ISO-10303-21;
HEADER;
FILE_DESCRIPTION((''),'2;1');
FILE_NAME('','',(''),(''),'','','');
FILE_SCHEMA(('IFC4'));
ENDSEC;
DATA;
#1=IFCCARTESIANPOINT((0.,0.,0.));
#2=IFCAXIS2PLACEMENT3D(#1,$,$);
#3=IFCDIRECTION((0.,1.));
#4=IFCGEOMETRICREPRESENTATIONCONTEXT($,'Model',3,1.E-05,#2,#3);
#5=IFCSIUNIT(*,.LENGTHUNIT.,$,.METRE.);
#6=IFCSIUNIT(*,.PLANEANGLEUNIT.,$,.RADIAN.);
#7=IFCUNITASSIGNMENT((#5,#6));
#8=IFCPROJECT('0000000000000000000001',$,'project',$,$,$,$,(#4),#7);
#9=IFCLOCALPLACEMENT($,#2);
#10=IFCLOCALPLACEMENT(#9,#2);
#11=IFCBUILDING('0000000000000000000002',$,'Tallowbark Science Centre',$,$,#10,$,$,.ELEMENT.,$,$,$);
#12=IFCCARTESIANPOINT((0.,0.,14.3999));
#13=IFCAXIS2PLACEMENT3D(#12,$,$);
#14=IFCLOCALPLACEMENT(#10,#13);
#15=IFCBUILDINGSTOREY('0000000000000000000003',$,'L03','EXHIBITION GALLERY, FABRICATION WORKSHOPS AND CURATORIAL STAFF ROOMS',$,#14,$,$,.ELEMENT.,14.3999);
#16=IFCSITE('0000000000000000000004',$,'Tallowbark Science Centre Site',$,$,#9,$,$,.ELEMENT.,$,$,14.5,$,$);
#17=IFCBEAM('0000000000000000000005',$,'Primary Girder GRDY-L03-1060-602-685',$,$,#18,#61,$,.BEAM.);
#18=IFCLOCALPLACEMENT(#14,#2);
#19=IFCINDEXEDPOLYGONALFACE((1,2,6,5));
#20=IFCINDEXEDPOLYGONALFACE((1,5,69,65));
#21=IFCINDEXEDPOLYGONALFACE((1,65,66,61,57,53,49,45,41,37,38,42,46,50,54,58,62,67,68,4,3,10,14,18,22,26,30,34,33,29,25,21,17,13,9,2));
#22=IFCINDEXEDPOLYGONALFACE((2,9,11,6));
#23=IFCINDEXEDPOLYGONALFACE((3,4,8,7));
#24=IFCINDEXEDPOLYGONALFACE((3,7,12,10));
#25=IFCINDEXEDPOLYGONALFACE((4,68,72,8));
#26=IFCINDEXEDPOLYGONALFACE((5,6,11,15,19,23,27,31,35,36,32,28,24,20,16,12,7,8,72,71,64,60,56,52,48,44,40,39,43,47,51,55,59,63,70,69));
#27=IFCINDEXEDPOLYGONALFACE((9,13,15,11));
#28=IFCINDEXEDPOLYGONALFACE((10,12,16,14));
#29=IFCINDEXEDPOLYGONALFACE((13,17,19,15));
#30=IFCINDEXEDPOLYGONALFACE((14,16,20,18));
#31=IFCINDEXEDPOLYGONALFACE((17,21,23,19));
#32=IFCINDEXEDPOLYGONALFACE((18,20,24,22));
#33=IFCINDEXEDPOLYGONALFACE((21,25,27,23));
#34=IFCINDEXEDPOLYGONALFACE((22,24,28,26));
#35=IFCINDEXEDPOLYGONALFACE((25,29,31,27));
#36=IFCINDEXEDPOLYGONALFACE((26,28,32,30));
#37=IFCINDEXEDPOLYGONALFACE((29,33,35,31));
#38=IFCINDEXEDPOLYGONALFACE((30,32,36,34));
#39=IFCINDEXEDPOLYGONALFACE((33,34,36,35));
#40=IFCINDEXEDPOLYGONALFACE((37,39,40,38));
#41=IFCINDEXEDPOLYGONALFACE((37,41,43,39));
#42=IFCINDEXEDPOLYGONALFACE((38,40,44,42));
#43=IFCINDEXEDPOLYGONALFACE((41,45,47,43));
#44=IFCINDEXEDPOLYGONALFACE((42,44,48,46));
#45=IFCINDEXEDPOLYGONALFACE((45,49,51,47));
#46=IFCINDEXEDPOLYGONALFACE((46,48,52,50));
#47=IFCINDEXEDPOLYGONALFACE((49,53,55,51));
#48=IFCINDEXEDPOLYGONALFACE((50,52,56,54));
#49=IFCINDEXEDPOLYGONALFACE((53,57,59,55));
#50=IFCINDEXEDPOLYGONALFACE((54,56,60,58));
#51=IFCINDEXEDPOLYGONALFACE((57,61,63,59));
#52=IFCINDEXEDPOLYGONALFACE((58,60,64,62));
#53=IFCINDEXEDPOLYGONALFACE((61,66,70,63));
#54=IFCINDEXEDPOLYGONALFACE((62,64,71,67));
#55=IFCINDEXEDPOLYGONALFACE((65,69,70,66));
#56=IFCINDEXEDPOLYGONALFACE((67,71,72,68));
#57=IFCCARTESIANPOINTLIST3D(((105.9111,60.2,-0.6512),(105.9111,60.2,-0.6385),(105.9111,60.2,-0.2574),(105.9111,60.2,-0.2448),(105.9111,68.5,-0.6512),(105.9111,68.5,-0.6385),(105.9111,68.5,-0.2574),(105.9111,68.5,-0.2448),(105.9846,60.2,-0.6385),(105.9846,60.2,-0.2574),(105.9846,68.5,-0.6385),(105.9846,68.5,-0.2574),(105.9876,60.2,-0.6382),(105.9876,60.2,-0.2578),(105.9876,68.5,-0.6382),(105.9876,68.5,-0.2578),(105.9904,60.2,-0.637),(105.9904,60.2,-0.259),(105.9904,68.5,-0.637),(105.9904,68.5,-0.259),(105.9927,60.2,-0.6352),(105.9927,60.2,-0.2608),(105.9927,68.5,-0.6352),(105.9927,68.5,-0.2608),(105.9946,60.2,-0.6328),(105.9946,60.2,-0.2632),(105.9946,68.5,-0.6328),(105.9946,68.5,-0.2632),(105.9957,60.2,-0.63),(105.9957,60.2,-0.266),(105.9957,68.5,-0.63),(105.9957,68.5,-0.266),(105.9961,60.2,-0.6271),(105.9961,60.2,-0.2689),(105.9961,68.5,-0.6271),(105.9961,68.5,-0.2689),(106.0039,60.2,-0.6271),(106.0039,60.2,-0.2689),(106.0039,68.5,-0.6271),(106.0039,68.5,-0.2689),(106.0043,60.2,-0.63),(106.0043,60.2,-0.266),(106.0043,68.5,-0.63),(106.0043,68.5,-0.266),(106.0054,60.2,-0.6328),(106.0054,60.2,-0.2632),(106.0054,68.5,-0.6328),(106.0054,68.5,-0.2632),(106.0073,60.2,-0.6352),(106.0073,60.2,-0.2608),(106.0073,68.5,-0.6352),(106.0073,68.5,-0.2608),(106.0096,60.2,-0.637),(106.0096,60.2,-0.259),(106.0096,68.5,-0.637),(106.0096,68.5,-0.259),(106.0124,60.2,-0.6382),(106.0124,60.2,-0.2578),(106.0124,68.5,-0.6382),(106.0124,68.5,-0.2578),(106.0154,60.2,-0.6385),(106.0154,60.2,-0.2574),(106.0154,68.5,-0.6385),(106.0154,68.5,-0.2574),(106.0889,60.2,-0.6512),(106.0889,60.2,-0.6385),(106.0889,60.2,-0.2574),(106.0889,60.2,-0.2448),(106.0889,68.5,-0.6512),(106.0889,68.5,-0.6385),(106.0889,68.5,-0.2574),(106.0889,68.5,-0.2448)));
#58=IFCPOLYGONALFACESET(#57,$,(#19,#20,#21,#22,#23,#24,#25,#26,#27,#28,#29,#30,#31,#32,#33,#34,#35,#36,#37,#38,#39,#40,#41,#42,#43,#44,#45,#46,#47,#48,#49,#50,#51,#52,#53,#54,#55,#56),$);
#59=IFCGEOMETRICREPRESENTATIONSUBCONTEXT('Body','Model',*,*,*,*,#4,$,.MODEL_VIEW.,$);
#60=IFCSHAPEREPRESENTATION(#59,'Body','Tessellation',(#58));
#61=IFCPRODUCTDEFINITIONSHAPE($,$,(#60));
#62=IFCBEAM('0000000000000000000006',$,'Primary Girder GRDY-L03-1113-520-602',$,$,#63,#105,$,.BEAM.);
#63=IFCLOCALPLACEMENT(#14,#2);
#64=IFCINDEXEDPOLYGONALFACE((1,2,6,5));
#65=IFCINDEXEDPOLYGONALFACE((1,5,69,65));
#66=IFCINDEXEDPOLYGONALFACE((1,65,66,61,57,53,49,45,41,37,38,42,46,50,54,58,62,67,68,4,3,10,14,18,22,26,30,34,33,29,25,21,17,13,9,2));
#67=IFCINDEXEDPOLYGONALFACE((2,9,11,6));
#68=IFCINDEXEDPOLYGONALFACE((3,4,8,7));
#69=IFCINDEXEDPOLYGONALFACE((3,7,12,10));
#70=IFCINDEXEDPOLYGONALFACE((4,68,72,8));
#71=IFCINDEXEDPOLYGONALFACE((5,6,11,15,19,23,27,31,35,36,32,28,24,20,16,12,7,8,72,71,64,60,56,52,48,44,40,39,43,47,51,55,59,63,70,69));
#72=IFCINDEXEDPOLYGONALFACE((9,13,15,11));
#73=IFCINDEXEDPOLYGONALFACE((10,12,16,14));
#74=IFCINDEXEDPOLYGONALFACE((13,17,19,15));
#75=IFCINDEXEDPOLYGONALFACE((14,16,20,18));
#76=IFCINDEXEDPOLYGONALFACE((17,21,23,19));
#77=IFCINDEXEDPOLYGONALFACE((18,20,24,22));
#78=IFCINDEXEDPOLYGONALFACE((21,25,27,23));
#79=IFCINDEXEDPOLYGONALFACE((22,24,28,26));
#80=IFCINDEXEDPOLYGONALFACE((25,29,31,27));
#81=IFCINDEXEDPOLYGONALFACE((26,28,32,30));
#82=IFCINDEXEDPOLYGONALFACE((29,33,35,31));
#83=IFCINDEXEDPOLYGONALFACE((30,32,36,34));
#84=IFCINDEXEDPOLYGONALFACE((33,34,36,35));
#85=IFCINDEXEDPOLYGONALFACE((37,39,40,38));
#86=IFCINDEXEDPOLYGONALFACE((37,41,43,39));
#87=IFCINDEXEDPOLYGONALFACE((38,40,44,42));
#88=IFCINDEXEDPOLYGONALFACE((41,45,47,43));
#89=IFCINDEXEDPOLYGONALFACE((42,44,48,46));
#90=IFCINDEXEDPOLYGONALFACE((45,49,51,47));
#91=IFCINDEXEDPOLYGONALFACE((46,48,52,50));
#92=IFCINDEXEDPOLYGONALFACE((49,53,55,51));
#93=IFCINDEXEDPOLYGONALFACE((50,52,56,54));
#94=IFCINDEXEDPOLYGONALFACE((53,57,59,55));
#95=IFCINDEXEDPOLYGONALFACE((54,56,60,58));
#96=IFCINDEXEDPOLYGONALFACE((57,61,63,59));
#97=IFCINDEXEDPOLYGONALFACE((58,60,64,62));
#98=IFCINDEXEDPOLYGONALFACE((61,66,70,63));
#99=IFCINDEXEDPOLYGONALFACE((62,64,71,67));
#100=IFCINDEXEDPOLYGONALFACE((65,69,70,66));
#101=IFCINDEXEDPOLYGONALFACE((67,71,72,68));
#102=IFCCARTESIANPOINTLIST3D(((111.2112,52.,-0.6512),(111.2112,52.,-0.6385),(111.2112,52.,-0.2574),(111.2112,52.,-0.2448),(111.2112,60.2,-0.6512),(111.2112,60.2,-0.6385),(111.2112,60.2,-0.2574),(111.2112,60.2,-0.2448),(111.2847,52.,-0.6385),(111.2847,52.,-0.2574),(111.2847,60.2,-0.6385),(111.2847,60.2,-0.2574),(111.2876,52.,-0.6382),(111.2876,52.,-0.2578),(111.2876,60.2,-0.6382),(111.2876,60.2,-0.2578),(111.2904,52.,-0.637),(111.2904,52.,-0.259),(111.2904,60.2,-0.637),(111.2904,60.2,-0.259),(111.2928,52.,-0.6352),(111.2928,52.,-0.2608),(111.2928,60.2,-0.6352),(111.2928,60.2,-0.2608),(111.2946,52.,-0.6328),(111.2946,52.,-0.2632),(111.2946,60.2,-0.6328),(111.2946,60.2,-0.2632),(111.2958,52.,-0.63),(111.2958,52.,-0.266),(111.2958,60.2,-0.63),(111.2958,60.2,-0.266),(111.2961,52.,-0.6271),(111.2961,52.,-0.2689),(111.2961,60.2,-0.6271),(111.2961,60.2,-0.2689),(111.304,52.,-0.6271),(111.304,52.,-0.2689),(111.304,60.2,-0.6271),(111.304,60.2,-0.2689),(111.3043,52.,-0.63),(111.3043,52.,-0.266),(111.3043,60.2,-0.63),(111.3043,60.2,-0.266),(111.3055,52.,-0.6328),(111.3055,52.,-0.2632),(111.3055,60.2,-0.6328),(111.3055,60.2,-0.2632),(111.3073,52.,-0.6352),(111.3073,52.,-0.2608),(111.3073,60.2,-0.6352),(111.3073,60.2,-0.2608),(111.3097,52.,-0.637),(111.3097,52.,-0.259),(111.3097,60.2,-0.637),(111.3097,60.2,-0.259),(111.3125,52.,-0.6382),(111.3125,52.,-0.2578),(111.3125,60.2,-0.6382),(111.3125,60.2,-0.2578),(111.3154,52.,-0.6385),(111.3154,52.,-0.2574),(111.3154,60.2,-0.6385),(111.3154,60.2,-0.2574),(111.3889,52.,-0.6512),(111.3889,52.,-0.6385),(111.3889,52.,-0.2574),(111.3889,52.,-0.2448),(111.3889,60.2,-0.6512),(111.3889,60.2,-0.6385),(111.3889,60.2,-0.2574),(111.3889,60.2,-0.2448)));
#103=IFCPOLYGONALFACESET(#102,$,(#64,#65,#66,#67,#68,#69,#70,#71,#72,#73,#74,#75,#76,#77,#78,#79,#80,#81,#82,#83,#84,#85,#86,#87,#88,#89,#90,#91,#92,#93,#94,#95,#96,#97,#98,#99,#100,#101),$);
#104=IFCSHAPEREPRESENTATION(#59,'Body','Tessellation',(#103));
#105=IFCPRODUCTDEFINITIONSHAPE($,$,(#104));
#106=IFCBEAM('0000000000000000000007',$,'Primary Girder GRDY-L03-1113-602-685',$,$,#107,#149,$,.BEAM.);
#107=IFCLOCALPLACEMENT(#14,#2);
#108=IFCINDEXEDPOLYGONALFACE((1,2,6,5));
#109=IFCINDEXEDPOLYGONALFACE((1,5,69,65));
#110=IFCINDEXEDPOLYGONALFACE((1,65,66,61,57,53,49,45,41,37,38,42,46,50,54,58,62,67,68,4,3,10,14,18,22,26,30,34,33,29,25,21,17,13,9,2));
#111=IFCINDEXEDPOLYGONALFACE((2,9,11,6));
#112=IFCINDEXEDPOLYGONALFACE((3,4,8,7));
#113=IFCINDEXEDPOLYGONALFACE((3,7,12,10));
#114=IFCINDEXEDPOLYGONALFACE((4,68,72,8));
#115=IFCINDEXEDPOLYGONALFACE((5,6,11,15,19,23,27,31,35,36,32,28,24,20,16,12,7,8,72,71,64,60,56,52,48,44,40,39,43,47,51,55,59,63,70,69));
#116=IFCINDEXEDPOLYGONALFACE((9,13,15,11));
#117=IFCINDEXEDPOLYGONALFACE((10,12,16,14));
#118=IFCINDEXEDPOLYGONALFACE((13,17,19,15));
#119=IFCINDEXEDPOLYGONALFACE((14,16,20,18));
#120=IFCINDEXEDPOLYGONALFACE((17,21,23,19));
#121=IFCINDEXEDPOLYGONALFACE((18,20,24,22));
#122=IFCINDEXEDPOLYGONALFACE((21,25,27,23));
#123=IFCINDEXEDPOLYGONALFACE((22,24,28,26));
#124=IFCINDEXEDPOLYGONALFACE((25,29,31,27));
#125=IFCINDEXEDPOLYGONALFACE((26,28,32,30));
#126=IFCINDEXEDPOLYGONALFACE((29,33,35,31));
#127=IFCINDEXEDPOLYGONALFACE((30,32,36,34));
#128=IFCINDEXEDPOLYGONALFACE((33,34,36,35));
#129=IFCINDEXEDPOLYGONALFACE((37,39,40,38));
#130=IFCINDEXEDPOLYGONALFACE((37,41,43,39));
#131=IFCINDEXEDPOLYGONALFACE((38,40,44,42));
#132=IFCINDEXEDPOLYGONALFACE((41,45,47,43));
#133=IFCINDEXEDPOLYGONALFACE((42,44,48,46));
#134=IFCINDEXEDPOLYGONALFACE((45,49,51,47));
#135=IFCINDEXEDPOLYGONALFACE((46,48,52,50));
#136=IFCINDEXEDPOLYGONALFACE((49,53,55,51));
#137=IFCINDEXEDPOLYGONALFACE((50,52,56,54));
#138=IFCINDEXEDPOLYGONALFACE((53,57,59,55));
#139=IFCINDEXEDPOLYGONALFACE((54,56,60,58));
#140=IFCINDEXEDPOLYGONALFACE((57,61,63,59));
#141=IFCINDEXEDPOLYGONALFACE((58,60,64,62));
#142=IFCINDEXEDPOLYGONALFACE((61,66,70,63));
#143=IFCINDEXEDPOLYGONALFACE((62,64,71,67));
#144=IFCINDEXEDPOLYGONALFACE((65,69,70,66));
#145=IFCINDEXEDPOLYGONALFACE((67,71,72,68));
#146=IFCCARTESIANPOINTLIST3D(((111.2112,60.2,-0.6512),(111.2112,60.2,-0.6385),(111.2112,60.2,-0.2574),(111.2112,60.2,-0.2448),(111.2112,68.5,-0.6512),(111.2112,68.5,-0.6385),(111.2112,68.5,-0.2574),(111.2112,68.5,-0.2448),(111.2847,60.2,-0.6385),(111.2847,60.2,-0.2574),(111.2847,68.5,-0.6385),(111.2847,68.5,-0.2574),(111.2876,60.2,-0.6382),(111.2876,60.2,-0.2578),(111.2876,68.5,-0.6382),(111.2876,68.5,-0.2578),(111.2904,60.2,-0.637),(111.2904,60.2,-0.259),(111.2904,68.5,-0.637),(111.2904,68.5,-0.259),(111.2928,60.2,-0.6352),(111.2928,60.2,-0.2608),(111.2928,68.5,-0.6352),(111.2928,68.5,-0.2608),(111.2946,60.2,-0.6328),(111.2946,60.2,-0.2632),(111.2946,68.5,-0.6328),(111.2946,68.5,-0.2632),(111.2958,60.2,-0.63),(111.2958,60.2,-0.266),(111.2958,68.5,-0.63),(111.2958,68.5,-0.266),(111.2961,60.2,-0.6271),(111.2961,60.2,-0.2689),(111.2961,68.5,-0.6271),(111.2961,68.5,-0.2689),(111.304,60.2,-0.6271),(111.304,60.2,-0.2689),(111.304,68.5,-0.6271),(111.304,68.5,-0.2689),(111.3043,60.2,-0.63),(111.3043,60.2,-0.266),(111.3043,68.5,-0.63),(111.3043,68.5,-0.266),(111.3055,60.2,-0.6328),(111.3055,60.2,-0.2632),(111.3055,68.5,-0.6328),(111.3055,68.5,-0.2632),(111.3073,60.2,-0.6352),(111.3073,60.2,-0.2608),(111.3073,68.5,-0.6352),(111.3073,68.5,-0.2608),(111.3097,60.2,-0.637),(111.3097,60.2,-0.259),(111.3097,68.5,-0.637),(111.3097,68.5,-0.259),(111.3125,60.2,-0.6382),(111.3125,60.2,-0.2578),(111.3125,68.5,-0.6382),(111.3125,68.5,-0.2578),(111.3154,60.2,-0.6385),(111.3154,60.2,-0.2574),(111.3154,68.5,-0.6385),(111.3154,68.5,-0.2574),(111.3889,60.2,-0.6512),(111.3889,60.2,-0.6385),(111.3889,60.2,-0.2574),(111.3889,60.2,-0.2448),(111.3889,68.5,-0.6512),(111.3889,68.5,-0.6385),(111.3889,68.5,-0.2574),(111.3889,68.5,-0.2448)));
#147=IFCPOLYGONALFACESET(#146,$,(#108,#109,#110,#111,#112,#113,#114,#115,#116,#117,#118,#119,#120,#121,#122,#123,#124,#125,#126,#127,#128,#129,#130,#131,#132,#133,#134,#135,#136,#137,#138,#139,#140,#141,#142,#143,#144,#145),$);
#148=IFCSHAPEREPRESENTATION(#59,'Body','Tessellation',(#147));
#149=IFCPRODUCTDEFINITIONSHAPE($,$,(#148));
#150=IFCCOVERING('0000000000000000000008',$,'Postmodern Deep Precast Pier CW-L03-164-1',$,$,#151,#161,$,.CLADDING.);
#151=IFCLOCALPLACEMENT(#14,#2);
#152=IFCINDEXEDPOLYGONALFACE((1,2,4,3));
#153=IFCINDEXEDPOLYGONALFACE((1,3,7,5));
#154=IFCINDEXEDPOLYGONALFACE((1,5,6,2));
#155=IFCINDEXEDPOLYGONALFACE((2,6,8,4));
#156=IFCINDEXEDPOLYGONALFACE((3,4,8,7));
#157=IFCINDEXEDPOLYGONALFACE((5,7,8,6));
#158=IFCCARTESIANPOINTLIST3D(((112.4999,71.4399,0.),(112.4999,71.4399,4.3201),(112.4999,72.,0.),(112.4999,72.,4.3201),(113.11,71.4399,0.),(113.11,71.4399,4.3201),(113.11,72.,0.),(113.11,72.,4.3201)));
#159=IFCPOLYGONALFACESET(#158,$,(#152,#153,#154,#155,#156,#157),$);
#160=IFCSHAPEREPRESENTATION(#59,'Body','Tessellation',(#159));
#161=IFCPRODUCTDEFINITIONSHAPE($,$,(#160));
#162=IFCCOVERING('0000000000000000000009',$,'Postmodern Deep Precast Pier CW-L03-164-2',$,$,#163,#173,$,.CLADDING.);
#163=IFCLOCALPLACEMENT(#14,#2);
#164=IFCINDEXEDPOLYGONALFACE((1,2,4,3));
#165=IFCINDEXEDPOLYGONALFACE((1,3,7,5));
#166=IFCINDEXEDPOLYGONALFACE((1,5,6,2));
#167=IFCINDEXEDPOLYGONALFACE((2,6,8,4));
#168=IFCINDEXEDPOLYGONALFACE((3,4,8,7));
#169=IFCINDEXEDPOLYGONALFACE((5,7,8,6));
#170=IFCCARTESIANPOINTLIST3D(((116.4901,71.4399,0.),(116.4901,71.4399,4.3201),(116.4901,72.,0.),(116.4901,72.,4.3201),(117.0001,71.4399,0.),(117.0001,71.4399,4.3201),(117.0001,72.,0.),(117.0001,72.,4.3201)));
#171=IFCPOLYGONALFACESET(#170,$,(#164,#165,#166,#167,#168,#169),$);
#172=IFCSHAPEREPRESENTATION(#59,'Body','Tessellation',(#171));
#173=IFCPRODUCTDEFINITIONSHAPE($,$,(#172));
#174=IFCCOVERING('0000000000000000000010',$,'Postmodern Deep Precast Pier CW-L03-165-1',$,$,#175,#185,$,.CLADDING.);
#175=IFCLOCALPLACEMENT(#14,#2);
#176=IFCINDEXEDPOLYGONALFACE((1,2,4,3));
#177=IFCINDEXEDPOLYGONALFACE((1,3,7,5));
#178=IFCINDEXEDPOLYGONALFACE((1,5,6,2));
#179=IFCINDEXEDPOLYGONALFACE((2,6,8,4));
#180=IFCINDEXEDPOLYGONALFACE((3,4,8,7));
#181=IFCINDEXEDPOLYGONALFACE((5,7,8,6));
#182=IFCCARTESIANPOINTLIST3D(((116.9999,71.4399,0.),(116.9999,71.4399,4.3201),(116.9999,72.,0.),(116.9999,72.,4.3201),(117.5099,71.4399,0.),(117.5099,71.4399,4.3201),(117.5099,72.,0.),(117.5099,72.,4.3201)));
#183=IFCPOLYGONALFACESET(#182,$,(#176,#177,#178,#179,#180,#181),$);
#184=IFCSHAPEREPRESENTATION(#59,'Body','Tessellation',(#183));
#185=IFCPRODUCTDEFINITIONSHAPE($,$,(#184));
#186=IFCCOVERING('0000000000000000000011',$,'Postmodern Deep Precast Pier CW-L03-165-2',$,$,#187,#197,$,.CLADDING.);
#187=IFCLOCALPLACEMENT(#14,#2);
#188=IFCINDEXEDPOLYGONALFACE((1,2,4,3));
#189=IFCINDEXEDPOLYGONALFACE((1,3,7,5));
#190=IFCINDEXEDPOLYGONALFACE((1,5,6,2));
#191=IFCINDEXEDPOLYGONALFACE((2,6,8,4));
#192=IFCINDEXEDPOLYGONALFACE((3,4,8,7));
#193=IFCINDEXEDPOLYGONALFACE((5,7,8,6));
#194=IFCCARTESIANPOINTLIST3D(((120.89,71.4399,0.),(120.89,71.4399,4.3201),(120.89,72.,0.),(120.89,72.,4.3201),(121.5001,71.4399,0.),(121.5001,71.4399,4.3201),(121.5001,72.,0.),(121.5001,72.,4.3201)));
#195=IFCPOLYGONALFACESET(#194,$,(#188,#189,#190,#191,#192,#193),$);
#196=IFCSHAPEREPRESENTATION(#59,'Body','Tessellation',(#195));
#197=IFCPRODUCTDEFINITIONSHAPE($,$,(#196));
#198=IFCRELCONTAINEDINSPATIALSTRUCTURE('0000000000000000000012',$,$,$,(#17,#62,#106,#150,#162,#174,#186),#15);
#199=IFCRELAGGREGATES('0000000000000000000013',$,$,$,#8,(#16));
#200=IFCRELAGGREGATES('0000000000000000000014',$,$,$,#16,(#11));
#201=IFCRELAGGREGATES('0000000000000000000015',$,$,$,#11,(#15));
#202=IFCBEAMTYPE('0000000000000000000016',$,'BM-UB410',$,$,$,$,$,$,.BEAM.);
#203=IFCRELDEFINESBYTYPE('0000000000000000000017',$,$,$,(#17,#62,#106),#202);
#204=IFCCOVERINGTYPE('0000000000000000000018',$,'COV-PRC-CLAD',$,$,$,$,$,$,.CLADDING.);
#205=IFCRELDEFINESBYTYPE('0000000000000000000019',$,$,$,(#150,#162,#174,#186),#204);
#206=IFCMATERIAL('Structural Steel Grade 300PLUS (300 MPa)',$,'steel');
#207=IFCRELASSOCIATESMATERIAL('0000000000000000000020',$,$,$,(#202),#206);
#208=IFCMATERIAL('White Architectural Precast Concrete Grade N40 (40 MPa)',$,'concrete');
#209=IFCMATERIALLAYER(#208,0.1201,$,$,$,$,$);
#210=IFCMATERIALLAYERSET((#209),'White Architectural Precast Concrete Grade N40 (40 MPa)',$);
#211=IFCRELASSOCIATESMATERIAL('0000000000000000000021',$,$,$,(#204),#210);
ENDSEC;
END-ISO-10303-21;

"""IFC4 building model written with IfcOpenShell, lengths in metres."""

from ifc_helpers import new_model, si_unit, direction, frame, origin, origin_2d, place, context, subcontext, project, spatial, rectangle, i_section, extrude, material, layer, layer_set, material_profile, profile_set, type_object, element, save


model = new_model("IFC4")

# Units and contexts
model_context = context("Model", 3, precision=1e-05, world=origin(), true_north=direction((0.0, 1.0)))
body_context = subcontext(model_context, "Body", "Model", "MODEL_VIEW")
ifc_project = project(units=[si_unit("LENGTHUNIT", "METRE"), si_unit("PLANEANGLEUNIT", "RADIAN")], contexts=[model_context])

# Site, building, storey
site_placement = place(None, origin())
site = spatial("IfcSite", under=ifc_project, at=site_placement, Name="Tallowbark Science Centre Site", CompositionType="ELEMENT", RefElevation=14.5)
building_placement = place(site_placement, origin())
building = spatial("IfcBuilding", under=site, at=building_placement, Name="Tallowbark Science Centre", CompositionType="ELEMENT")
storey_placement = place(building_placement, frame((0.0, 0.0, 14.3999)))
storey = spatial("IfcBuildingStorey", under=building, at=storey_placement, Name="L03", Description="EXHIBITION GALLERY, FABRICATION WORKSHOPS AND CURATORIAL STAFF ROOMS", CompositionType="ELEMENT", Elevation=14.3999)

# Beams
ifc_material_1 = material(Name="Structural Steel Grade 300PLUS (300 MPa)", Category="steel")
ifc_material_profile = material_profile(ifc_material_1, i_section(OverallWidth=0.1777, OverallDepth=0.4065, WebThickness=0.0078, FlangeThickness=0.0127, FilletRadius=0.0115, at=origin_2d()), Name="410UB59.7")
ifc_profile_set = profile_set([ifc_material_profile], Name="Structural Steel Grade 300PLUS (300 MPa)")
beam_type = type_object("IfcBeamType", Name="BM-UB410", PredefinedType="BEAM", material=ifc_profile_set)
beam_1_placement = place(storey_placement, frame((106.0, 60.2, -0.448), z_axis=(0.0, 1.0, 0.0), x_axis=(-1.0, 0.0, 0.0)))
element("IfcBeam", 1, at=beam_1_placement, inside=storey, type_object=beam_type, Name="Primary Girder GRDY-L03-1060-602-685", PredefinedType="BEAM", context=body_context, shape_type="SweptSolid", body=[
    extrude(i_section(OverallWidth=0.1777, OverallDepth=0.4065, WebThickness=0.0078, FlangeThickness=0.0127, FilletRadius=0.0115, at=origin_2d()), origin(), (0.0, 0.0, 1.0), 8.3),
])
beam_2_placement = place(storey_placement, frame((111.3, 52.0, -0.448), z_axis=(0.0, 1.0, 0.0), x_axis=(-1.0, 0.0, 0.0)))
element("IfcBeam", 2, at=beam_2_placement, inside=storey, type_object=beam_type, Name="Primary Girder GRDY-L03-1113-520-602", PredefinedType="BEAM", context=body_context, shape_type="SweptSolid", body=[
    extrude(i_section(OverallWidth=0.1777, OverallDepth=0.4065, WebThickness=0.0078, FlangeThickness=0.0127, FilletRadius=0.0115, at=origin_2d()), origin(), (0.0, 0.0, 1.0), 8.2),
])
beam_3_placement = place(storey_placement, frame((111.3, 60.2, -0.448), z_axis=(0.0, 1.0, 0.0), x_axis=(-1.0, 0.0, 0.0)))
element("IfcBeam", 3, at=beam_3_placement, inside=storey, type_object=beam_type, Name="Primary Girder GRDY-L03-1113-602-685", PredefinedType="BEAM", context=body_context, shape_type="SweptSolid", body=[
    extrude(i_section(OverallWidth=0.1777, OverallDepth=0.4065, WebThickness=0.0078, FlangeThickness=0.0127, FilletRadius=0.0115, at=origin_2d()), origin(), (0.0, 0.0, 1.0), 8.3),
])

# Coverings
ifc_material_2 = material(Name="White Architectural Precast Concrete Grade N40 (40 MPa)", Category="concrete")
ifc_layer_1 = layer(ifc_material_2, 0.1201)
ifc_layer_set_1 = layer_set([ifc_layer_1], Name="White Architectural Precast Concrete Grade N40 (40 MPa)")
covering_type = type_object("IfcCoveringType", Name="COV-PRC-CLAD", PredefinedType="CLADDING", material=ifc_layer_set_1)
covering_placement = place(storey_placement, frame((112.8049, 71.72, 0.0), z_axis=(0.0, 0.0, 1.0), x_axis=(1.0, 0.0, 0.0)))
element("IfcCovering", 4, at=covering_placement, inside=storey, type_object=covering_type, Name="Postmodern Deep Precast Pier CW-L03-164-1", PredefinedType="CLADDING", context=body_context, shape_type="SweptSolid", body=[
    extrude(rectangle(XDim=0.6101, YDim=0.5601, at=origin_2d()), origin(), (0.0, 0.0, 1.0), 4.3201),
])
for number, where, z_axis, x_axis, name in (
    (5, (116.7451, 71.72, 0.0), (0.0, 0.0, 1.0), (1.0, 0.0, 0.0), "Postmodern Deep Precast Pier CW-L03-164-2"),
    (6, (117.2549, 71.72, 0.0), (0.0, 0.0, 1.0), (1.0, 0.0, 0.0), "Postmodern Deep Precast Pier CW-L03-165-1"),
):
    element("IfcCovering", number, at=place(storey_placement, frame(where, z_axis=z_axis, x_axis=x_axis)), inside=storey, type_object=covering_type, Name=name, PredefinedType="CLADDING", context=body_context, shape_type="SweptSolid", body=[
        extrude(rectangle(XDim=0.51, YDim=0.5601, at=origin_2d()), origin(), (0.0, 0.0, 1.0), 4.3201),
    ])
for number, where, z_axis, x_axis, name in (
    (7, (121.1951, 71.72, 0.0), (0.0, 0.0, 1.0), (1.0, 0.0, 0.0), "Postmodern Deep Precast Pier CW-L03-165-2"),
):
    element("IfcCovering", number, at=place(storey_placement, frame(where, z_axis=z_axis, x_axis=x_axis)), inside=storey, type_object=covering_type, Name=name, PredefinedType="CLADDING", context=body_context, shape_type="SweptSolid", body=[
        extrude(rectangle(XDim=0.6101, YDim=0.5601, at=origin_2d()), origin(), (0.0, 0.0, 1.0), 4.3201),
    ])

save(model, "model.ifc")
